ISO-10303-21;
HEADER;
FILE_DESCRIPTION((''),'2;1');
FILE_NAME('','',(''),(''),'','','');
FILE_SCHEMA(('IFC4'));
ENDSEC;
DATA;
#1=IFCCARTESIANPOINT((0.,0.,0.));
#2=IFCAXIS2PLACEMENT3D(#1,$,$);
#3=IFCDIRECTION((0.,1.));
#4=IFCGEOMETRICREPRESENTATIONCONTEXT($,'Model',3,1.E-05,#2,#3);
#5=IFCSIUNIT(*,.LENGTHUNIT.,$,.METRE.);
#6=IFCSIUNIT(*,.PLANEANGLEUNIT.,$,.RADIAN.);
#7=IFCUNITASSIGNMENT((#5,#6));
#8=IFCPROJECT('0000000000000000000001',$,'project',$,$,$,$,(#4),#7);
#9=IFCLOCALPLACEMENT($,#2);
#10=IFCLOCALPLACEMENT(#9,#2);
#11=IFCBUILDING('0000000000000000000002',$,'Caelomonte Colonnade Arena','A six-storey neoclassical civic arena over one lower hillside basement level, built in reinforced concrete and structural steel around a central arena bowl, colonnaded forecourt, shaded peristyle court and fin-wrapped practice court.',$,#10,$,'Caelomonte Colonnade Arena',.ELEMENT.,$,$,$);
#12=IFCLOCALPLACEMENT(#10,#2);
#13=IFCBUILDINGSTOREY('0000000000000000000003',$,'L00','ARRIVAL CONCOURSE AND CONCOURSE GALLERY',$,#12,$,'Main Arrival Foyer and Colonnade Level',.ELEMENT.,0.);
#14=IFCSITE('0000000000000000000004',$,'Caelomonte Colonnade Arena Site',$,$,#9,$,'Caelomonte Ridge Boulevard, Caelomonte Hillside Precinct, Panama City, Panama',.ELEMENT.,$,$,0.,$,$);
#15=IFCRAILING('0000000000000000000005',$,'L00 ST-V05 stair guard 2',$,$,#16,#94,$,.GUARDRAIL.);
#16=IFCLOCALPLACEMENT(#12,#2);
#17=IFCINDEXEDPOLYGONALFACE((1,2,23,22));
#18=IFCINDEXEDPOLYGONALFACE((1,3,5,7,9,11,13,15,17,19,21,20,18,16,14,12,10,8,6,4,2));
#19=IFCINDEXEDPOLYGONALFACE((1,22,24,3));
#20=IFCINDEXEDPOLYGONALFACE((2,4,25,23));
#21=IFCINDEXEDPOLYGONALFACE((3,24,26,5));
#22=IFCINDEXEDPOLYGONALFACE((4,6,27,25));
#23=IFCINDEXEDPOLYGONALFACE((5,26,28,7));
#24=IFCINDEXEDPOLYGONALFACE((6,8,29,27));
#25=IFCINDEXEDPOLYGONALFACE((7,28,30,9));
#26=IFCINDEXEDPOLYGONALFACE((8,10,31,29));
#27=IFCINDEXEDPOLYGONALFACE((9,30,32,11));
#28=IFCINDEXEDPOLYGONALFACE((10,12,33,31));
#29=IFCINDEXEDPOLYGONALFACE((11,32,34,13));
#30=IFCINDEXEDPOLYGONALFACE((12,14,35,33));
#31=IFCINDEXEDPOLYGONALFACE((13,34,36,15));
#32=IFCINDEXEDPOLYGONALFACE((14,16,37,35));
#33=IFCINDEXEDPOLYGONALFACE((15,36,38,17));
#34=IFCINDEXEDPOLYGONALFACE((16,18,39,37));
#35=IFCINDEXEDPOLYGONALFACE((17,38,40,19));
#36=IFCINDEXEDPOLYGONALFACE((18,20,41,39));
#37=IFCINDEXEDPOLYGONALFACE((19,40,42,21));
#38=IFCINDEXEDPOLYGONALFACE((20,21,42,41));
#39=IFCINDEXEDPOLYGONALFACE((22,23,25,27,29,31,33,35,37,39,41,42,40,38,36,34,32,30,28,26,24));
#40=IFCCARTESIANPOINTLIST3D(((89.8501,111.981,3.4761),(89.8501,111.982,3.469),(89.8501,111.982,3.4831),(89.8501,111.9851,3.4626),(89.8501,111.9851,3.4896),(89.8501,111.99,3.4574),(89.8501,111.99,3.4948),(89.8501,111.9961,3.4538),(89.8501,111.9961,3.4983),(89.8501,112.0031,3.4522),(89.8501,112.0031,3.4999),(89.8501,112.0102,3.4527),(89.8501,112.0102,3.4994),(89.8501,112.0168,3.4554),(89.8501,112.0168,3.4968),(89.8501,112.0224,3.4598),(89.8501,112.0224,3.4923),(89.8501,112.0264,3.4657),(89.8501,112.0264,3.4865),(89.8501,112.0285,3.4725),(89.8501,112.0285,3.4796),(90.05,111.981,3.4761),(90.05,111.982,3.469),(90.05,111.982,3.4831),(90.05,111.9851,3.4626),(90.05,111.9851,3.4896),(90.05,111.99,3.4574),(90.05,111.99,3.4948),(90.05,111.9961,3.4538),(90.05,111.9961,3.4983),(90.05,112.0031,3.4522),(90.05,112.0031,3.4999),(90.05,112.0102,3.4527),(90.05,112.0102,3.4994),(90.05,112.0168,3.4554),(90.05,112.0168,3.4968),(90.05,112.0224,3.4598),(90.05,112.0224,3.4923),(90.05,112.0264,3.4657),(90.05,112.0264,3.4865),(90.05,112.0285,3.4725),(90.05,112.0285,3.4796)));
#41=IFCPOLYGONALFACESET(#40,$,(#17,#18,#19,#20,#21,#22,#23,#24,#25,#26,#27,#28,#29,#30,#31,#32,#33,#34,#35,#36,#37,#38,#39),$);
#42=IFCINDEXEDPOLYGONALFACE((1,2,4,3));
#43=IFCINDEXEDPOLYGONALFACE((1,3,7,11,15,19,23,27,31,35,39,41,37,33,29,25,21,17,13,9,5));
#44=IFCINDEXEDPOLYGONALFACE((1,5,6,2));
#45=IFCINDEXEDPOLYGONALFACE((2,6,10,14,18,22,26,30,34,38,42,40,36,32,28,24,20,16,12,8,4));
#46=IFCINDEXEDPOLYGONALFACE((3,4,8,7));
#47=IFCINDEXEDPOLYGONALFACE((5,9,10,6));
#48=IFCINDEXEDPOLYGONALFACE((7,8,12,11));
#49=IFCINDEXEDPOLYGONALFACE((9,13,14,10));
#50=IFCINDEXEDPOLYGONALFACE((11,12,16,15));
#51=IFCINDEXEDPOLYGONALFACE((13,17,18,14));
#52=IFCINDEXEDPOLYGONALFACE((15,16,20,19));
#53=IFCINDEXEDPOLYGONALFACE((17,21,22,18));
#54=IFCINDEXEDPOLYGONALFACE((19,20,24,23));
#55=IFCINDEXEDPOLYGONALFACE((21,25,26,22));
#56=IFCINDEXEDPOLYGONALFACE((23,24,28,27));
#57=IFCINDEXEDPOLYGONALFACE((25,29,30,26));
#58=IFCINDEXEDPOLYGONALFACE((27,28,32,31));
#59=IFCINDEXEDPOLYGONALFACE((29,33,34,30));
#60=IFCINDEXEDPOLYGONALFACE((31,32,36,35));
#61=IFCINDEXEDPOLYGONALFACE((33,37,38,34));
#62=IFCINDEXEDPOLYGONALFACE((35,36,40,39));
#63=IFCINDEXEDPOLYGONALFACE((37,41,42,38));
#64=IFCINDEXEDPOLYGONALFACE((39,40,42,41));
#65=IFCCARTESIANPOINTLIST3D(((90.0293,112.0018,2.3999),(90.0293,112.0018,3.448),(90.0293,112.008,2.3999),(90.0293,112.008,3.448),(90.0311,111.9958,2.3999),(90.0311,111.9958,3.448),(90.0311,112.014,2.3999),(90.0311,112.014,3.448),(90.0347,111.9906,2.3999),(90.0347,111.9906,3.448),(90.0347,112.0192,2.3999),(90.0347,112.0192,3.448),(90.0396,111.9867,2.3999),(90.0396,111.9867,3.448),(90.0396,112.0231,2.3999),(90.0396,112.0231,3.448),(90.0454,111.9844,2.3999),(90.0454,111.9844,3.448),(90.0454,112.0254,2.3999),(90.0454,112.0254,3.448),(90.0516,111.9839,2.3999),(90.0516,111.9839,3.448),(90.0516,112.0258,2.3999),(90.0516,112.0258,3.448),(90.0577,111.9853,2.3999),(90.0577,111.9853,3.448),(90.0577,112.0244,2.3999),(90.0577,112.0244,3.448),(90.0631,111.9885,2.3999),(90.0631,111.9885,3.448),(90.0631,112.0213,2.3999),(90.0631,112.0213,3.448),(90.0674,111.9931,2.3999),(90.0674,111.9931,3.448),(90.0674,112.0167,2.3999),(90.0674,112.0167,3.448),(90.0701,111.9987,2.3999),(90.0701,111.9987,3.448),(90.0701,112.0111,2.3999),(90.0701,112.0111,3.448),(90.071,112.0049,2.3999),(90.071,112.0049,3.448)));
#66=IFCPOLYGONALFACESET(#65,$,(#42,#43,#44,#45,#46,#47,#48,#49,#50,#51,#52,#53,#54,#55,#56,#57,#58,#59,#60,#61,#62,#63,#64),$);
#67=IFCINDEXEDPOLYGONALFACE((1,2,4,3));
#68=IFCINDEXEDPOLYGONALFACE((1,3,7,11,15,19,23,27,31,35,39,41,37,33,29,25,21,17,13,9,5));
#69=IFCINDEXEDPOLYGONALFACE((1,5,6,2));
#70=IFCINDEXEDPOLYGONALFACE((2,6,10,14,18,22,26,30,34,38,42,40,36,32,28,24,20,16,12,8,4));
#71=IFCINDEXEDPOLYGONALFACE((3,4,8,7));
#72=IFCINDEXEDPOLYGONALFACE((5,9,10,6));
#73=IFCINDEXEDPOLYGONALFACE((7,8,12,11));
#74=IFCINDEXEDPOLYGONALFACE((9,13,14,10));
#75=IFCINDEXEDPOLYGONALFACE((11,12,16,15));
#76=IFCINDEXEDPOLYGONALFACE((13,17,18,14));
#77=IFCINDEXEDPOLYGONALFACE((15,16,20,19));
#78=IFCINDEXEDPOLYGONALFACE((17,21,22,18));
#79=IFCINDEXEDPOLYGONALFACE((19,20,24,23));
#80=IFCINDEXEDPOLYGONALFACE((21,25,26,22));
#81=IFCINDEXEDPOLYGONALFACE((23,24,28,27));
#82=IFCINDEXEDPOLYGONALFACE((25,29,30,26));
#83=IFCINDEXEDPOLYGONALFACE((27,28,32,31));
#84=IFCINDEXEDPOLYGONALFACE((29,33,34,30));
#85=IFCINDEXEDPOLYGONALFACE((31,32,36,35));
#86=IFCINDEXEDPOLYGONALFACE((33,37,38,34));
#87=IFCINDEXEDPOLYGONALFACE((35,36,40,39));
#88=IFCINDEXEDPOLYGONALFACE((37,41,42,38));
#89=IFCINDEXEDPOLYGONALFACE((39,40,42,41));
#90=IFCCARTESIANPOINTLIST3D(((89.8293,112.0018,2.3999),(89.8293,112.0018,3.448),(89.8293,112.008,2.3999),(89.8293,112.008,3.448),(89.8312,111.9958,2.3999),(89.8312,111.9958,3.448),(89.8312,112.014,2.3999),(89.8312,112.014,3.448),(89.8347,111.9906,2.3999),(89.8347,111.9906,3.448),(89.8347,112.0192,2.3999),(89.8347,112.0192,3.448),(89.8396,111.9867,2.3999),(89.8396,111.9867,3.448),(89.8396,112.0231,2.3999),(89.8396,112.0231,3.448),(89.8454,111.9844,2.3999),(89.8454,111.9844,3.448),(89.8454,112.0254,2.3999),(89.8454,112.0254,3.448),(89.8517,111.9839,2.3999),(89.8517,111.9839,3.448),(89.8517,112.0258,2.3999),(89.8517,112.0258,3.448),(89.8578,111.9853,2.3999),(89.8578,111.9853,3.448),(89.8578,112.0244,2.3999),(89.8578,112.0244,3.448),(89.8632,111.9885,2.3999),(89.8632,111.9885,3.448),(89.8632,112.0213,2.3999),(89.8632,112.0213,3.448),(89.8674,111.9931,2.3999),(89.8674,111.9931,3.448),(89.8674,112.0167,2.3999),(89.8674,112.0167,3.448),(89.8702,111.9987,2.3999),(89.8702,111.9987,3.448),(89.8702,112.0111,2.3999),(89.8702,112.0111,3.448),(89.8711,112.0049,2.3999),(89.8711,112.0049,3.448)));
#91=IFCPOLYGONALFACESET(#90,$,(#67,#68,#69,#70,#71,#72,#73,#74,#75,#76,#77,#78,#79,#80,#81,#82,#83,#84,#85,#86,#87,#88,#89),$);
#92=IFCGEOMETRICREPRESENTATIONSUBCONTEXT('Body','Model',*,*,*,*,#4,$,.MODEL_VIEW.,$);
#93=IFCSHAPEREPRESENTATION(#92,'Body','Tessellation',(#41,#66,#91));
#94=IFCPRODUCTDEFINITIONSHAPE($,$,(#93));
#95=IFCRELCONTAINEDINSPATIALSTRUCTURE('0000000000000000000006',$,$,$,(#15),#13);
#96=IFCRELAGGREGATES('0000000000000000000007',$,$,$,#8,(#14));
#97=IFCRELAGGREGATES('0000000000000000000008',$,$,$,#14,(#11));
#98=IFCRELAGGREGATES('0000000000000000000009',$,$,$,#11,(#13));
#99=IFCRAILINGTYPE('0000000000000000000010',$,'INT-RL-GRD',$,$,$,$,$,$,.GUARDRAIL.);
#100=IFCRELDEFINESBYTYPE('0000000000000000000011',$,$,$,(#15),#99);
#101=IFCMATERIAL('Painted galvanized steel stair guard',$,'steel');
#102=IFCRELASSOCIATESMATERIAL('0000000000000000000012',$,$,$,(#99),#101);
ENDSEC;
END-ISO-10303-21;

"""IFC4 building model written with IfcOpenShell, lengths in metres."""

from ifc_helpers import new_model, si_unit, direction, frame, origin, origin_2d, place, context, subcontext, project, spatial, circle, extrude, material, type_object, element, save


model = new_model("IFC4")

# Units and contexts
model_context = context("Model", 3, precision=1e-05, world=origin(), true_north=direction((0.0, 1.0)))
body_context = subcontext(model_context, "Body", "Model", "MODEL_VIEW")
ifc_project = project(units=[si_unit("LENGTHUNIT", "METRE"), si_unit("PLANEANGLEUNIT", "RADIAN")], contexts=[model_context])

# Site, building, storey
site_placement = place(None, origin())
site = spatial("IfcSite", under=ifc_project, at=site_placement, Name="Caelomonte Colonnade Arena Site", LongName="Caelomonte Ridge Boulevard, Caelomonte Hillside Precinct, Panama City, Panama", CompositionType="ELEMENT", RefElevation=0.0)
building_placement = place(site_placement, origin())
building = spatial("IfcBuilding", under=site, at=building_placement, Name="Caelomonte Colonnade Arena", Description="A six-storey neoclassical civic arena over one lower hillside basement level, built in reinforced concrete and structural steel around a central arena bowl, colonnaded forecourt, shaded peristyle court and fin-wrapped practice court.", LongName="Caelomonte Colonnade Arena", CompositionType="ELEMENT")
storey_placement = place(building_placement, origin())
storey = spatial("IfcBuildingStorey", under=building, at=storey_placement, Name="L00", Description="ARRIVAL CONCOURSE AND CONCOURSE GALLERY", LongName="Main Arrival Foyer and Colonnade Level", CompositionType="ELEMENT", Elevation=0.0)

# Railing
ifc_material_1 = material(Name="Painted galvanized steel stair guard", Category="steel")
railing_type_1 = type_object("IfcRailingType", Name="INT-RL-GRD", PredefinedType="GUARDRAIL", material=ifc_material_1)
railing_1_placement = place(storey_placement, frame((90.05, 112.0049, 2.3999)))
element("IfcRailing", 1, at=railing_1_placement, inside=storey, type_object=railing_type_1, Name="L00 ST-V05 stair guard 2", PredefinedType="GUARDRAIL", context=body_context, shape_type="SweptSolid", body=[
    extrude(circle(Radius=0.0239, at=origin_2d()), frame((0.0, 0.0, 1.0762), z_axis=(-1.0, 0.0, 0.0), x_axis=(0.0, -1.0, 0.0)), (0.0, 0.0, 1.0), 0.2),
    extrude(circle(Radius=0.021, at=origin_2d()), origin(), (0.0, 0.0, 1.0), 1.0481),
    extrude(circle(Radius=0.021, at=origin_2d()), frame((-0.2, 0.0, 0.0)), (0.0, 0.0, 1.0), 1.0481),
])

save(model, "model.ifc")
